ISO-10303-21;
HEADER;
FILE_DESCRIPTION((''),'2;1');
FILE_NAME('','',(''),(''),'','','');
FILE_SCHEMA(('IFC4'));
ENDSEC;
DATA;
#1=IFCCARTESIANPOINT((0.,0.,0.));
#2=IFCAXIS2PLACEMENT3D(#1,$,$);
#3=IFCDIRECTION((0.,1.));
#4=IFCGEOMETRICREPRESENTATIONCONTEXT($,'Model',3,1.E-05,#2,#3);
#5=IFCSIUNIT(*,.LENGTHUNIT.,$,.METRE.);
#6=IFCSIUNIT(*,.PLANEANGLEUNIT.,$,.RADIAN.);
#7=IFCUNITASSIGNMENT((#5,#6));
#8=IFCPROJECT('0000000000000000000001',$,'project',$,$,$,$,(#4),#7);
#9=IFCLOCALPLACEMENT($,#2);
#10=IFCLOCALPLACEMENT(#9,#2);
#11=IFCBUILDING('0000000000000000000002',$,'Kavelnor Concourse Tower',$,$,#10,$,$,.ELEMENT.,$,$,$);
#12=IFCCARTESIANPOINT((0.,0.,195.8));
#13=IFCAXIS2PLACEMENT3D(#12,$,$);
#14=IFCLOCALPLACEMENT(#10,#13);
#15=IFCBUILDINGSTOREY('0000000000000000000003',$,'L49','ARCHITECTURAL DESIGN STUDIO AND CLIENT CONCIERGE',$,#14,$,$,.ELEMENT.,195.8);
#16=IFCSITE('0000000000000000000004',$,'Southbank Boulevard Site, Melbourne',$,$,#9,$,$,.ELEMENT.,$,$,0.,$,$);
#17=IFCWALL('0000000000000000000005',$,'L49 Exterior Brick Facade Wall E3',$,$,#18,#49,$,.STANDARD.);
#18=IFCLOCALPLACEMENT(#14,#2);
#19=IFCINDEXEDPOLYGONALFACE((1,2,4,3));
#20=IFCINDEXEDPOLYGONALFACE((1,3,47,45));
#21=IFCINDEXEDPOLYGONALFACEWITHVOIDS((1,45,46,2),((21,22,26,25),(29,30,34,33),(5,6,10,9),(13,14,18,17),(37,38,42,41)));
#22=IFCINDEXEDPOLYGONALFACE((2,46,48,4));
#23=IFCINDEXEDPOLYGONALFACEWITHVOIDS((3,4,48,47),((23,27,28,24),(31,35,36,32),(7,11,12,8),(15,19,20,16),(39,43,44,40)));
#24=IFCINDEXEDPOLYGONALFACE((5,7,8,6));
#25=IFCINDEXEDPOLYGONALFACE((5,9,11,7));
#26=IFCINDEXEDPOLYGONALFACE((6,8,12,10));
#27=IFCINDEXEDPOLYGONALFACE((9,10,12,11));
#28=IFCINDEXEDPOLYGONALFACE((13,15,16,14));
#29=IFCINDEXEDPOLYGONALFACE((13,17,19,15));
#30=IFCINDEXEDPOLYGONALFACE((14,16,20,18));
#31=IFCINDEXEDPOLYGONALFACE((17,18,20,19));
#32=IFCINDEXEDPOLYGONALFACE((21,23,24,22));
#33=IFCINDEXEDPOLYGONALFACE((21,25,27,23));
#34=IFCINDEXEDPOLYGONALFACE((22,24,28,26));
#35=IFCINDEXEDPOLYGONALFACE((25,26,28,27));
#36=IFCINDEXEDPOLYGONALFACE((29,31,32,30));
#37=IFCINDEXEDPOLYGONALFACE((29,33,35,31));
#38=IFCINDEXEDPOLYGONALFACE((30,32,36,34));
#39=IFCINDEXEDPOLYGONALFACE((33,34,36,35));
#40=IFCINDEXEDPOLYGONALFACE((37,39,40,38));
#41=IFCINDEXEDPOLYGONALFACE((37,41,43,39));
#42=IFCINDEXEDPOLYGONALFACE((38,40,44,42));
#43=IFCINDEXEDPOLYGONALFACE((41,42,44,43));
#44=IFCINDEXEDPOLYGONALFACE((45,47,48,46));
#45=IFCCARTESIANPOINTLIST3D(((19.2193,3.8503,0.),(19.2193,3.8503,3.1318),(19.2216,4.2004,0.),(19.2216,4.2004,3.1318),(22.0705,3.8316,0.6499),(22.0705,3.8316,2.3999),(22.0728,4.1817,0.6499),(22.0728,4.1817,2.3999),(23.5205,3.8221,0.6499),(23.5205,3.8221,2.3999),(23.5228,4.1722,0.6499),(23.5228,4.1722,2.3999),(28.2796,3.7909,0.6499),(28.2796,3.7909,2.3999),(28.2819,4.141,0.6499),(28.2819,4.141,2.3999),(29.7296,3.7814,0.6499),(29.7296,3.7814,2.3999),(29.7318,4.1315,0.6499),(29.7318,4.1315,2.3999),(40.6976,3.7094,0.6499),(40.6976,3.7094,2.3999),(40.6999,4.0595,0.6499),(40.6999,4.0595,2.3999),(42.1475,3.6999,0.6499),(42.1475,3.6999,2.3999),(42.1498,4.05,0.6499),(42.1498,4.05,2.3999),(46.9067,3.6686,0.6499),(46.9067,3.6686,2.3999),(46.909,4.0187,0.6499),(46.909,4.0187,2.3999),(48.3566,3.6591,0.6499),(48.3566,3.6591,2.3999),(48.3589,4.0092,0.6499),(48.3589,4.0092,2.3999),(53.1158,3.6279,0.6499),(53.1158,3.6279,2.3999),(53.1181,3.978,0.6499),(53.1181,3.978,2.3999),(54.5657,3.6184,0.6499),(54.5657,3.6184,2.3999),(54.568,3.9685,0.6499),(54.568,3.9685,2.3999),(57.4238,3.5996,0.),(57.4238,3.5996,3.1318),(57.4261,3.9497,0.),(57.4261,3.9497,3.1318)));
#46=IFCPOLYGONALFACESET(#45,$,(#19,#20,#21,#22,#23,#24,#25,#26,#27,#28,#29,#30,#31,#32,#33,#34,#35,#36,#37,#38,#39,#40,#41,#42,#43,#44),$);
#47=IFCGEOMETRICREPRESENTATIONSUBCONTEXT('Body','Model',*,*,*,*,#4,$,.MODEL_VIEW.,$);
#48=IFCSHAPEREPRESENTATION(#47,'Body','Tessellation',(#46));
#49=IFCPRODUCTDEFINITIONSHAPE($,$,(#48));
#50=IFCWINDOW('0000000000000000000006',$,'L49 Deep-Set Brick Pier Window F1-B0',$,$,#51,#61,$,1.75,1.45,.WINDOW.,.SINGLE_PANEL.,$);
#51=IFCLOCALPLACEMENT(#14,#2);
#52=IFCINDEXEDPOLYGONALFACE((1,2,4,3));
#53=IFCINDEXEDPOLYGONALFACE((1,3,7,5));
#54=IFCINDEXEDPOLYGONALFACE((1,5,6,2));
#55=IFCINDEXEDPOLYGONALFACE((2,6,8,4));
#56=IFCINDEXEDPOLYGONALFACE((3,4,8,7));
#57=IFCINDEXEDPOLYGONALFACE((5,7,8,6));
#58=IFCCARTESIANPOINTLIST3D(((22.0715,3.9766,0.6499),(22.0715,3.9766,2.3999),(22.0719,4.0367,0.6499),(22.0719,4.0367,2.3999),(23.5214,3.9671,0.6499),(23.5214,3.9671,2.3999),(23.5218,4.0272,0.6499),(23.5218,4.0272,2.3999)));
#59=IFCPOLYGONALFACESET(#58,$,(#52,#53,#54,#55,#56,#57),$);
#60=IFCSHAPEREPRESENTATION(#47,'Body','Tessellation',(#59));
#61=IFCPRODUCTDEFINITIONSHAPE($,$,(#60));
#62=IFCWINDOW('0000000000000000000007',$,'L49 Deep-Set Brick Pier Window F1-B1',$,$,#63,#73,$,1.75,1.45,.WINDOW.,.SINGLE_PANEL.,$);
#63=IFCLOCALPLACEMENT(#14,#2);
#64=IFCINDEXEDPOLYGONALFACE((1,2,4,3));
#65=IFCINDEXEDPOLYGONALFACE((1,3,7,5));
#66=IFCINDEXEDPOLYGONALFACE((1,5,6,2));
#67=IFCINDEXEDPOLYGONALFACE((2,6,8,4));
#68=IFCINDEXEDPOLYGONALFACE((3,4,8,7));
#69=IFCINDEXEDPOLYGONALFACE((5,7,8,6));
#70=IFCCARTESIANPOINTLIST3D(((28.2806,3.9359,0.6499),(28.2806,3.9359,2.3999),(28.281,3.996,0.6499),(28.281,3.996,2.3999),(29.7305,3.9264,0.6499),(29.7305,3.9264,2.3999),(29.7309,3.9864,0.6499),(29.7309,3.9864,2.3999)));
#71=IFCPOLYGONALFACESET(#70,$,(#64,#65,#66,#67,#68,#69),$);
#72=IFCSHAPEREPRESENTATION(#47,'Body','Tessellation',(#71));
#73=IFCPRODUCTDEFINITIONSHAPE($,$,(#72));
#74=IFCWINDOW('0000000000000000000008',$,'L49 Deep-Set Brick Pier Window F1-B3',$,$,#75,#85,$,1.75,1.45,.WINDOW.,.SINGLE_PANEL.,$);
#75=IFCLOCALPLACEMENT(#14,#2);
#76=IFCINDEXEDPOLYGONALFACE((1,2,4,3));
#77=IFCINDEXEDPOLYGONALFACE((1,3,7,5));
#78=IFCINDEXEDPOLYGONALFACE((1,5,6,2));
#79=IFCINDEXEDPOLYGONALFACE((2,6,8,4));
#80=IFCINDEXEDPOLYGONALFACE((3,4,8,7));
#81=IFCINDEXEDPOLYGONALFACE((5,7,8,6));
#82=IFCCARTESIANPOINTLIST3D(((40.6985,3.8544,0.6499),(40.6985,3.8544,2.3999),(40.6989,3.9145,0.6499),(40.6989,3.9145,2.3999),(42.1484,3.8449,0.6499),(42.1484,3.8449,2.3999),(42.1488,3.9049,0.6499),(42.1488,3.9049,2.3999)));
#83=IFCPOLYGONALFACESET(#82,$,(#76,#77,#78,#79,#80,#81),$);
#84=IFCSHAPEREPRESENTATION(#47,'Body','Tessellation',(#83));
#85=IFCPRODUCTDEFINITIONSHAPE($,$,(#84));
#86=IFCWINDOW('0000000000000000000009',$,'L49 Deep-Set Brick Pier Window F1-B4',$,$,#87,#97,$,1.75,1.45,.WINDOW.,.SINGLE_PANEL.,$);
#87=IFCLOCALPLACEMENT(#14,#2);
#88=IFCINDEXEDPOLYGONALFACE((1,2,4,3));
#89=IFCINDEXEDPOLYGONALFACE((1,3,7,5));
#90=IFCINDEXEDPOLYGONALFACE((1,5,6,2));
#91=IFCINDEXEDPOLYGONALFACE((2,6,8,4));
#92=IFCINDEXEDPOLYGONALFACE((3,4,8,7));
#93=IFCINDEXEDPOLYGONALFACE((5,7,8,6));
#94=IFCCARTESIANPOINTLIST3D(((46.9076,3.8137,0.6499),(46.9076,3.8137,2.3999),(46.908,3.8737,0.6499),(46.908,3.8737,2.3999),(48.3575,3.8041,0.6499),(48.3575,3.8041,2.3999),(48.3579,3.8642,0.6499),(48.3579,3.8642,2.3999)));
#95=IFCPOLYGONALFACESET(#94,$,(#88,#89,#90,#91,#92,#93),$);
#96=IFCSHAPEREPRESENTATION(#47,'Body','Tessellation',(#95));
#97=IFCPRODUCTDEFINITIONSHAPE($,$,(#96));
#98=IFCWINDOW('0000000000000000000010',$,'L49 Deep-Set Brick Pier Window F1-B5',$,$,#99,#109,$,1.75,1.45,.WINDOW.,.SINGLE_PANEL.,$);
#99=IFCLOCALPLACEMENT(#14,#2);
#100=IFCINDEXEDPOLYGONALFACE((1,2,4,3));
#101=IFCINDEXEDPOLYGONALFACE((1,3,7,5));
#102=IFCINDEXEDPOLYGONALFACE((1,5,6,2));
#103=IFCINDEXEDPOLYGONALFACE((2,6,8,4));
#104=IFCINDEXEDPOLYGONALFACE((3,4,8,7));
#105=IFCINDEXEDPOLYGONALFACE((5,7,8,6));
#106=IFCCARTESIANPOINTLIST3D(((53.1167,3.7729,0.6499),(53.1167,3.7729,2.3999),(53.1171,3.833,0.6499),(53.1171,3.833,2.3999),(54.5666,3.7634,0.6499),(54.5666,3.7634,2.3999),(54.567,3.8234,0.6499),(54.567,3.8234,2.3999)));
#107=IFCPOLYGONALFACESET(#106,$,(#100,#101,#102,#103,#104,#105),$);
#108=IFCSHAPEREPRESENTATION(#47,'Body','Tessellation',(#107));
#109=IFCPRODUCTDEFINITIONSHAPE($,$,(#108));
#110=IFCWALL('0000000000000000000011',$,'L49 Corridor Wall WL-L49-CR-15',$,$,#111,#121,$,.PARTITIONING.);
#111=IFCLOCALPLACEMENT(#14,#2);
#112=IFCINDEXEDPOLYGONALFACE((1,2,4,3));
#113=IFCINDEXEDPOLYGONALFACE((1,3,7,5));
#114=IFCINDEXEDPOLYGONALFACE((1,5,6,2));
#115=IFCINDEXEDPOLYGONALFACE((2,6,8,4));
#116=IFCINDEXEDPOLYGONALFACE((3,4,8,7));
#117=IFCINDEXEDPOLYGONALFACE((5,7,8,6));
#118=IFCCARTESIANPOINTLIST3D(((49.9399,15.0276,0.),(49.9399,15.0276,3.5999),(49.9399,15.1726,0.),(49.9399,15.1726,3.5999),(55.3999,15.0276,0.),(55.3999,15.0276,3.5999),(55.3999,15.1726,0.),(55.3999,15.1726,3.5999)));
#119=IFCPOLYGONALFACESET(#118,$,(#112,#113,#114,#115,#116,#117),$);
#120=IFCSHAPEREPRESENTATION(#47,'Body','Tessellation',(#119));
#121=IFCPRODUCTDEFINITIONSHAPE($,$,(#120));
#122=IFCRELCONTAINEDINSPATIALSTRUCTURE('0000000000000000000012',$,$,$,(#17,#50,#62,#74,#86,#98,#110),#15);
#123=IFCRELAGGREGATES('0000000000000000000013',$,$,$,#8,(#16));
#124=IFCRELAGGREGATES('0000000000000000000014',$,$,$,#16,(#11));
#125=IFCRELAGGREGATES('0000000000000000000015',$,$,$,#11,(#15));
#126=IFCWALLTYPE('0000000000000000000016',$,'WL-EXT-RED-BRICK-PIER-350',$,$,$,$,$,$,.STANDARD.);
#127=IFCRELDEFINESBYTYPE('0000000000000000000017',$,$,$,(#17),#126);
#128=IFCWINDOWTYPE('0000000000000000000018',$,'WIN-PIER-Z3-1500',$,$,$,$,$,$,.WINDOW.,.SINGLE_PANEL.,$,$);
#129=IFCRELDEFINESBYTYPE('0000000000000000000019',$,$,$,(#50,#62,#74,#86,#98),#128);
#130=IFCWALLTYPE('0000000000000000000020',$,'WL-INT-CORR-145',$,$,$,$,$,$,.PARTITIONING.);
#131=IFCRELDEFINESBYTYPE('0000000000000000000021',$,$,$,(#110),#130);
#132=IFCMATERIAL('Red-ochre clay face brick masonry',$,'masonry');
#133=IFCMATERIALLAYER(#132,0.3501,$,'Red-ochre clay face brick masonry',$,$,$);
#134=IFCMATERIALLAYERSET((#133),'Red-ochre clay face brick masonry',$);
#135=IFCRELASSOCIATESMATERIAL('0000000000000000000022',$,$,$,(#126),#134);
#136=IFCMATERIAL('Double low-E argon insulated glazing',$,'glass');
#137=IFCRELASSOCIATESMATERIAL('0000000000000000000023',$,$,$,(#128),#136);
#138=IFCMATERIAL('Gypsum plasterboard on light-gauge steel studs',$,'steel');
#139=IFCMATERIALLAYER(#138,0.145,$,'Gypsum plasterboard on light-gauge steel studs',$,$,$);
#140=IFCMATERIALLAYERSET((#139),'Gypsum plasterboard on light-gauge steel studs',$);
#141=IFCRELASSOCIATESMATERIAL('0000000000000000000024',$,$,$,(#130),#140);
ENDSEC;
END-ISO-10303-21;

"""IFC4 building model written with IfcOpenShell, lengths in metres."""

from ifc_helpers import new_model, si_unit, direction, frame, frame_2d, origin, place, context, subcontext, project, spatial, rectangle, extrude, material, layer, layer_set, type_object, element, fill, save


model = new_model("IFC4")

# Units and contexts
model_context = context("Model", 3, precision=1e-05, world=origin(), true_north=direction((0.0, 1.0)))
body_context = subcontext(model_context, "Body", "Model", "MODEL_VIEW")
ifc_project = project(units=[si_unit("LENGTHUNIT", "METRE"), si_unit("PLANEANGLEUNIT", "RADIAN")], contexts=[model_context])

# Site, building, storey
site_placement = place(None, origin())
site = spatial("IfcSite", under=ifc_project, at=site_placement, Name="Southbank Boulevard Site, Melbourne", CompositionType="ELEMENT", RefElevation=0.0)
building_placement = place(site_placement, origin())
building = spatial("IfcBuilding", under=site, at=building_placement, Name="Kavelnor Concourse Tower", CompositionType="ELEMENT")
storey_placement = place(building_placement, frame((0.0, 0.0, 195.8)))
storey = spatial("IfcBuildingStorey", under=building, at=storey_placement, Name="L49", Description="ARCHITECTURAL DESIGN STUDIO AND CLIENT CONCIERGE", CompositionType="ELEMENT", Elevation=195.8)

# Shared definitions
ifc_material_1 = material(Name="Double low-E argon insulated glazing", Category="glass")

# Wall, openings, windows
ifc_material_2 = material(Name="Red-ochre clay face brick masonry", Category="masonry")
ifc_layer_1 = layer(ifc_material_2, 0.3501, Name="Red-ochre clay face brick masonry")
ifc_layer_set_1 = layer_set([ifc_layer_1], Name="Red-ochre clay face brick masonry")
wall_type_1 = type_object("IfcWallType", Name="WL-EXT-RED-BRICK-PIER-350", PredefinedType="STANDARD", material=ifc_layer_set_1)
wall_1_placement = place(storey_placement, frame((57.4248, 3.7747, 0.0), z_axis=(0.0, 0.0, 1.0), x_axis=(-0.999978, 0.006563, 0.0)))
wall_1 = element("IfcWall", 1, at=wall_1_placement, inside=storey, type_object=wall_type_1, Name="L49 Exterior Brick Facade Wall E3", PredefinedType="STANDARD", context=body_context, shape_type="SweptSolid", body=[
    extrude(rectangle(XDim=38.2053, YDim=0.3501, at=frame_2d((19.1025, 0.0))), origin(), (0.0, 0.0, 1.0), 3.1318),
])
opening_1_placement = place(wall_1_placement, frame((33.9038, 0.0, 0.6499)))
opening_1 = element("IfcOpeningElement", 2, at=opening_1_placement, cuts=wall_1, PredefinedType="OPENING", context=body_context, shape_type="SweptSolid", body=[
    extrude(rectangle(XDim=1.45, YDim=1.75, at=frame_2d((0.7251, 0.875))), frame((0.0, 0.1851, 0.0), z_axis=(0.0, -1.0, 0.0), x_axis=(1.0, 0.0, 0.0)), (0.0, 0.0, 1.0), 0.3701),
])
opening_2_placement = place(wall_1_placement, frame((27.6946, 0.0, 0.6499)))
opening_2 = element("IfcOpeningElement", 3, at=opening_2_placement, cuts=wall_1, PredefinedType="OPENING", context=body_context, shape_type="SweptSolid", body=[
    extrude(rectangle(XDim=1.45, YDim=1.75, at=frame_2d((0.7251, 0.875))), frame((0.0, 0.1851, 0.0), z_axis=(0.0, -1.0, 0.0), x_axis=(1.0, 0.0, 0.0)), (0.0, 0.0, 1.0), 0.3701),
])
opening_3_placement = place(wall_1_placement, frame((15.2764, 0.0, 0.6499)))
opening_3 = element("IfcOpeningElement", 4, at=opening_3_placement, cuts=wall_1, PredefinedType="OPENING", context=body_context, shape_type="SweptSolid", body=[
    extrude(rectangle(XDim=1.45, YDim=1.75, at=frame_2d((0.7251, 0.875))), frame((0.0, 0.1851, 0.0), z_axis=(0.0, -1.0, 0.0), x_axis=(1.0, 0.0, 0.0)), (0.0, 0.0, 1.0), 0.3701),
])
opening_4_placement = place(wall_1_placement, frame((9.0671, 0.0, 0.6499)))
opening_4 = element("IfcOpeningElement", 5, at=opening_4_placement, cuts=wall_1, PredefinedType="OPENING", context=body_context, shape_type="SweptSolid", body=[
    extrude(rectangle(XDim=1.45, YDim=1.75, at=frame_2d((0.7251, 0.875))), frame((0.0, 0.1851, 0.0), z_axis=(0.0, -1.0, 0.0), x_axis=(1.0, 0.0, 0.0)), (0.0, 0.0, 1.0), 0.3701),
])
opening_5_placement = place(wall_1_placement, frame((2.8579, 0.0, 0.6499)))
opening_5 = element("IfcOpeningElement", 6, at=opening_5_placement, cuts=wall_1, PredefinedType="OPENING", context=body_context, shape_type="SweptSolid", body=[
    extrude(rectangle(XDim=1.45, YDim=1.75, at=frame_2d((0.7251, 0.875))), frame((0.0, 0.1851, 0.0), z_axis=(0.0, -1.0, 0.0), x_axis=(1.0, 0.0, 0.0)), (0.0, 0.0, 1.0), 0.3701),
])
window_type_1 = type_object("IfcWindowType", Name="WIN-PIER-Z3-1500", PartitioningType="SINGLE_PANEL", PredefinedType="WINDOW", material=ifc_material_1)
window_1_placement = place(opening_1_placement, origin())
window_1 = element("IfcWindow", 7, at=window_1_placement, inside=storey, type_object=window_type_1, Name="L49 Deep-Set Brick Pier Window F1-B0", OverallHeight=1.75, OverallWidth=1.45, PartitioningType="SINGLE_PANEL", PredefinedType="WINDOW", context=body_context, shape_type="SweptSolid", body=[
    extrude(rectangle(XDim=1.45, YDim=1.75, at=frame_2d((0.7251, 0.875))), frame((0.0, 0.03, 0.0), z_axis=(0.0, -1.0, 0.0), x_axis=(1.0, 0.0, 0.0)), (0.0, 0.0, 1.0), 0.0601),
])
fill(opening_1, window_1)
window_2_placement = place(opening_2_placement, origin())
window_2 = element("IfcWindow", 8, at=window_2_placement, inside=storey, type_object=window_type_1, Name="L49 Deep-Set Brick Pier Window F1-B1", OverallHeight=1.75, OverallWidth=1.45, PartitioningType="SINGLE_PANEL", PredefinedType="WINDOW", context=body_context, shape_type="SweptSolid", body=[
    extrude(rectangle(XDim=1.45, YDim=1.75, at=frame_2d((0.7251, 0.875))), frame((0.0, 0.03, 0.0), z_axis=(0.0, -1.0, 0.0), x_axis=(1.0, 0.0, 0.0)), (0.0, 0.0, 1.0), 0.0601),
])
fill(opening_2, window_2)
window_3_placement = place(opening_3_placement, origin())
window_3 = element("IfcWindow", 9, at=window_3_placement, inside=storey, type_object=window_type_1, Name="L49 Deep-Set Brick Pier Window F1-B3", OverallHeight=1.75, OverallWidth=1.45, PartitioningType="SINGLE_PANEL", PredefinedType="WINDOW", context=body_context, shape_type="SweptSolid", body=[
    extrude(rectangle(XDim=1.45, YDim=1.75, at=frame_2d((0.7251, 0.875))), frame((0.0, 0.03, 0.0), z_axis=(0.0, -1.0, 0.0), x_axis=(1.0, 0.0, 0.0)), (0.0, 0.0, 1.0), 0.0601),
])
fill(opening_3, window_3)
window_4_placement = place(opening_4_placement, origin())
window_4 = element("IfcWindow", 10, at=window_4_placement, inside=storey, type_object=window_type_1, Name="L49 Deep-Set Brick Pier Window F1-B4", OverallHeight=1.75, OverallWidth=1.45, PartitioningType="SINGLE_PANEL", PredefinedType="WINDOW", context=body_context, shape_type="SweptSolid", body=[
    extrude(rectangle(XDim=1.45, YDim=1.75, at=frame_2d((0.7251, 0.875))), frame((0.0, 0.03, 0.0), z_axis=(0.0, -1.0, 0.0), x_axis=(1.0, 0.0, 0.0)), (0.0, 0.0, 1.0), 0.0601),
])
fill(opening_4, window_4)
window_5_placement = place(opening_5_placement, origin())
window_5 = element("IfcWindow", 11, at=window_5_placement, inside=storey, type_object=window_type_1, Name="L49 Deep-Set Brick Pier Window F1-B5", OverallHeight=1.75, OverallWidth=1.45, PartitioningType="SINGLE_PANEL", PredefinedType="WINDOW", context=body_context, shape_type="SweptSolid", body=[
    extrude(rectangle(XDim=1.45, YDim=1.75, at=frame_2d((0.7251, 0.875))), frame((0.0, 0.03, 0.0), z_axis=(0.0, -1.0, 0.0), x_axis=(1.0, 0.0, 0.0)), (0.0, 0.0, 1.0), 0.0601),
])
fill(opening_5, window_5)

# Wall
ifc_material_3 = material(Name="Gypsum plasterboard on light-gauge steel studs", Category="steel")
ifc_layer_2 = layer(ifc_material_3, 0.145, Name="Gypsum plasterboard on light-gauge steel studs")
ifc_layer_set_2 = layer_set([ifc_layer_2], Name="Gypsum plasterboard on light-gauge steel studs")
wall_type_2 = type_object("IfcWallType", Name="WL-INT-CORR-145", PredefinedType="PARTITIONING", material=ifc_layer_set_2)
wall_2_placement = place(storey_placement, frame((55.3999, 15.1001, 0.0), z_axis=(0.0, 0.0, 1.0), x_axis=(-1.0, 0.0, 0.0)))
element("IfcWall", 12, at=wall_2_placement, inside=storey, type_object=wall_type_2, Name="L49 Corridor Wall WL-L49-CR-15", PredefinedType="PARTITIONING", context=body_context, shape_type="SweptSolid", body=[
    extrude(rectangle(XDim=5.46, YDim=0.145, at=frame_2d((2.73, 0.0))), origin(), (0.0, 0.0, 1.0), 3.5999),
])

save(model, "model.ifc")
